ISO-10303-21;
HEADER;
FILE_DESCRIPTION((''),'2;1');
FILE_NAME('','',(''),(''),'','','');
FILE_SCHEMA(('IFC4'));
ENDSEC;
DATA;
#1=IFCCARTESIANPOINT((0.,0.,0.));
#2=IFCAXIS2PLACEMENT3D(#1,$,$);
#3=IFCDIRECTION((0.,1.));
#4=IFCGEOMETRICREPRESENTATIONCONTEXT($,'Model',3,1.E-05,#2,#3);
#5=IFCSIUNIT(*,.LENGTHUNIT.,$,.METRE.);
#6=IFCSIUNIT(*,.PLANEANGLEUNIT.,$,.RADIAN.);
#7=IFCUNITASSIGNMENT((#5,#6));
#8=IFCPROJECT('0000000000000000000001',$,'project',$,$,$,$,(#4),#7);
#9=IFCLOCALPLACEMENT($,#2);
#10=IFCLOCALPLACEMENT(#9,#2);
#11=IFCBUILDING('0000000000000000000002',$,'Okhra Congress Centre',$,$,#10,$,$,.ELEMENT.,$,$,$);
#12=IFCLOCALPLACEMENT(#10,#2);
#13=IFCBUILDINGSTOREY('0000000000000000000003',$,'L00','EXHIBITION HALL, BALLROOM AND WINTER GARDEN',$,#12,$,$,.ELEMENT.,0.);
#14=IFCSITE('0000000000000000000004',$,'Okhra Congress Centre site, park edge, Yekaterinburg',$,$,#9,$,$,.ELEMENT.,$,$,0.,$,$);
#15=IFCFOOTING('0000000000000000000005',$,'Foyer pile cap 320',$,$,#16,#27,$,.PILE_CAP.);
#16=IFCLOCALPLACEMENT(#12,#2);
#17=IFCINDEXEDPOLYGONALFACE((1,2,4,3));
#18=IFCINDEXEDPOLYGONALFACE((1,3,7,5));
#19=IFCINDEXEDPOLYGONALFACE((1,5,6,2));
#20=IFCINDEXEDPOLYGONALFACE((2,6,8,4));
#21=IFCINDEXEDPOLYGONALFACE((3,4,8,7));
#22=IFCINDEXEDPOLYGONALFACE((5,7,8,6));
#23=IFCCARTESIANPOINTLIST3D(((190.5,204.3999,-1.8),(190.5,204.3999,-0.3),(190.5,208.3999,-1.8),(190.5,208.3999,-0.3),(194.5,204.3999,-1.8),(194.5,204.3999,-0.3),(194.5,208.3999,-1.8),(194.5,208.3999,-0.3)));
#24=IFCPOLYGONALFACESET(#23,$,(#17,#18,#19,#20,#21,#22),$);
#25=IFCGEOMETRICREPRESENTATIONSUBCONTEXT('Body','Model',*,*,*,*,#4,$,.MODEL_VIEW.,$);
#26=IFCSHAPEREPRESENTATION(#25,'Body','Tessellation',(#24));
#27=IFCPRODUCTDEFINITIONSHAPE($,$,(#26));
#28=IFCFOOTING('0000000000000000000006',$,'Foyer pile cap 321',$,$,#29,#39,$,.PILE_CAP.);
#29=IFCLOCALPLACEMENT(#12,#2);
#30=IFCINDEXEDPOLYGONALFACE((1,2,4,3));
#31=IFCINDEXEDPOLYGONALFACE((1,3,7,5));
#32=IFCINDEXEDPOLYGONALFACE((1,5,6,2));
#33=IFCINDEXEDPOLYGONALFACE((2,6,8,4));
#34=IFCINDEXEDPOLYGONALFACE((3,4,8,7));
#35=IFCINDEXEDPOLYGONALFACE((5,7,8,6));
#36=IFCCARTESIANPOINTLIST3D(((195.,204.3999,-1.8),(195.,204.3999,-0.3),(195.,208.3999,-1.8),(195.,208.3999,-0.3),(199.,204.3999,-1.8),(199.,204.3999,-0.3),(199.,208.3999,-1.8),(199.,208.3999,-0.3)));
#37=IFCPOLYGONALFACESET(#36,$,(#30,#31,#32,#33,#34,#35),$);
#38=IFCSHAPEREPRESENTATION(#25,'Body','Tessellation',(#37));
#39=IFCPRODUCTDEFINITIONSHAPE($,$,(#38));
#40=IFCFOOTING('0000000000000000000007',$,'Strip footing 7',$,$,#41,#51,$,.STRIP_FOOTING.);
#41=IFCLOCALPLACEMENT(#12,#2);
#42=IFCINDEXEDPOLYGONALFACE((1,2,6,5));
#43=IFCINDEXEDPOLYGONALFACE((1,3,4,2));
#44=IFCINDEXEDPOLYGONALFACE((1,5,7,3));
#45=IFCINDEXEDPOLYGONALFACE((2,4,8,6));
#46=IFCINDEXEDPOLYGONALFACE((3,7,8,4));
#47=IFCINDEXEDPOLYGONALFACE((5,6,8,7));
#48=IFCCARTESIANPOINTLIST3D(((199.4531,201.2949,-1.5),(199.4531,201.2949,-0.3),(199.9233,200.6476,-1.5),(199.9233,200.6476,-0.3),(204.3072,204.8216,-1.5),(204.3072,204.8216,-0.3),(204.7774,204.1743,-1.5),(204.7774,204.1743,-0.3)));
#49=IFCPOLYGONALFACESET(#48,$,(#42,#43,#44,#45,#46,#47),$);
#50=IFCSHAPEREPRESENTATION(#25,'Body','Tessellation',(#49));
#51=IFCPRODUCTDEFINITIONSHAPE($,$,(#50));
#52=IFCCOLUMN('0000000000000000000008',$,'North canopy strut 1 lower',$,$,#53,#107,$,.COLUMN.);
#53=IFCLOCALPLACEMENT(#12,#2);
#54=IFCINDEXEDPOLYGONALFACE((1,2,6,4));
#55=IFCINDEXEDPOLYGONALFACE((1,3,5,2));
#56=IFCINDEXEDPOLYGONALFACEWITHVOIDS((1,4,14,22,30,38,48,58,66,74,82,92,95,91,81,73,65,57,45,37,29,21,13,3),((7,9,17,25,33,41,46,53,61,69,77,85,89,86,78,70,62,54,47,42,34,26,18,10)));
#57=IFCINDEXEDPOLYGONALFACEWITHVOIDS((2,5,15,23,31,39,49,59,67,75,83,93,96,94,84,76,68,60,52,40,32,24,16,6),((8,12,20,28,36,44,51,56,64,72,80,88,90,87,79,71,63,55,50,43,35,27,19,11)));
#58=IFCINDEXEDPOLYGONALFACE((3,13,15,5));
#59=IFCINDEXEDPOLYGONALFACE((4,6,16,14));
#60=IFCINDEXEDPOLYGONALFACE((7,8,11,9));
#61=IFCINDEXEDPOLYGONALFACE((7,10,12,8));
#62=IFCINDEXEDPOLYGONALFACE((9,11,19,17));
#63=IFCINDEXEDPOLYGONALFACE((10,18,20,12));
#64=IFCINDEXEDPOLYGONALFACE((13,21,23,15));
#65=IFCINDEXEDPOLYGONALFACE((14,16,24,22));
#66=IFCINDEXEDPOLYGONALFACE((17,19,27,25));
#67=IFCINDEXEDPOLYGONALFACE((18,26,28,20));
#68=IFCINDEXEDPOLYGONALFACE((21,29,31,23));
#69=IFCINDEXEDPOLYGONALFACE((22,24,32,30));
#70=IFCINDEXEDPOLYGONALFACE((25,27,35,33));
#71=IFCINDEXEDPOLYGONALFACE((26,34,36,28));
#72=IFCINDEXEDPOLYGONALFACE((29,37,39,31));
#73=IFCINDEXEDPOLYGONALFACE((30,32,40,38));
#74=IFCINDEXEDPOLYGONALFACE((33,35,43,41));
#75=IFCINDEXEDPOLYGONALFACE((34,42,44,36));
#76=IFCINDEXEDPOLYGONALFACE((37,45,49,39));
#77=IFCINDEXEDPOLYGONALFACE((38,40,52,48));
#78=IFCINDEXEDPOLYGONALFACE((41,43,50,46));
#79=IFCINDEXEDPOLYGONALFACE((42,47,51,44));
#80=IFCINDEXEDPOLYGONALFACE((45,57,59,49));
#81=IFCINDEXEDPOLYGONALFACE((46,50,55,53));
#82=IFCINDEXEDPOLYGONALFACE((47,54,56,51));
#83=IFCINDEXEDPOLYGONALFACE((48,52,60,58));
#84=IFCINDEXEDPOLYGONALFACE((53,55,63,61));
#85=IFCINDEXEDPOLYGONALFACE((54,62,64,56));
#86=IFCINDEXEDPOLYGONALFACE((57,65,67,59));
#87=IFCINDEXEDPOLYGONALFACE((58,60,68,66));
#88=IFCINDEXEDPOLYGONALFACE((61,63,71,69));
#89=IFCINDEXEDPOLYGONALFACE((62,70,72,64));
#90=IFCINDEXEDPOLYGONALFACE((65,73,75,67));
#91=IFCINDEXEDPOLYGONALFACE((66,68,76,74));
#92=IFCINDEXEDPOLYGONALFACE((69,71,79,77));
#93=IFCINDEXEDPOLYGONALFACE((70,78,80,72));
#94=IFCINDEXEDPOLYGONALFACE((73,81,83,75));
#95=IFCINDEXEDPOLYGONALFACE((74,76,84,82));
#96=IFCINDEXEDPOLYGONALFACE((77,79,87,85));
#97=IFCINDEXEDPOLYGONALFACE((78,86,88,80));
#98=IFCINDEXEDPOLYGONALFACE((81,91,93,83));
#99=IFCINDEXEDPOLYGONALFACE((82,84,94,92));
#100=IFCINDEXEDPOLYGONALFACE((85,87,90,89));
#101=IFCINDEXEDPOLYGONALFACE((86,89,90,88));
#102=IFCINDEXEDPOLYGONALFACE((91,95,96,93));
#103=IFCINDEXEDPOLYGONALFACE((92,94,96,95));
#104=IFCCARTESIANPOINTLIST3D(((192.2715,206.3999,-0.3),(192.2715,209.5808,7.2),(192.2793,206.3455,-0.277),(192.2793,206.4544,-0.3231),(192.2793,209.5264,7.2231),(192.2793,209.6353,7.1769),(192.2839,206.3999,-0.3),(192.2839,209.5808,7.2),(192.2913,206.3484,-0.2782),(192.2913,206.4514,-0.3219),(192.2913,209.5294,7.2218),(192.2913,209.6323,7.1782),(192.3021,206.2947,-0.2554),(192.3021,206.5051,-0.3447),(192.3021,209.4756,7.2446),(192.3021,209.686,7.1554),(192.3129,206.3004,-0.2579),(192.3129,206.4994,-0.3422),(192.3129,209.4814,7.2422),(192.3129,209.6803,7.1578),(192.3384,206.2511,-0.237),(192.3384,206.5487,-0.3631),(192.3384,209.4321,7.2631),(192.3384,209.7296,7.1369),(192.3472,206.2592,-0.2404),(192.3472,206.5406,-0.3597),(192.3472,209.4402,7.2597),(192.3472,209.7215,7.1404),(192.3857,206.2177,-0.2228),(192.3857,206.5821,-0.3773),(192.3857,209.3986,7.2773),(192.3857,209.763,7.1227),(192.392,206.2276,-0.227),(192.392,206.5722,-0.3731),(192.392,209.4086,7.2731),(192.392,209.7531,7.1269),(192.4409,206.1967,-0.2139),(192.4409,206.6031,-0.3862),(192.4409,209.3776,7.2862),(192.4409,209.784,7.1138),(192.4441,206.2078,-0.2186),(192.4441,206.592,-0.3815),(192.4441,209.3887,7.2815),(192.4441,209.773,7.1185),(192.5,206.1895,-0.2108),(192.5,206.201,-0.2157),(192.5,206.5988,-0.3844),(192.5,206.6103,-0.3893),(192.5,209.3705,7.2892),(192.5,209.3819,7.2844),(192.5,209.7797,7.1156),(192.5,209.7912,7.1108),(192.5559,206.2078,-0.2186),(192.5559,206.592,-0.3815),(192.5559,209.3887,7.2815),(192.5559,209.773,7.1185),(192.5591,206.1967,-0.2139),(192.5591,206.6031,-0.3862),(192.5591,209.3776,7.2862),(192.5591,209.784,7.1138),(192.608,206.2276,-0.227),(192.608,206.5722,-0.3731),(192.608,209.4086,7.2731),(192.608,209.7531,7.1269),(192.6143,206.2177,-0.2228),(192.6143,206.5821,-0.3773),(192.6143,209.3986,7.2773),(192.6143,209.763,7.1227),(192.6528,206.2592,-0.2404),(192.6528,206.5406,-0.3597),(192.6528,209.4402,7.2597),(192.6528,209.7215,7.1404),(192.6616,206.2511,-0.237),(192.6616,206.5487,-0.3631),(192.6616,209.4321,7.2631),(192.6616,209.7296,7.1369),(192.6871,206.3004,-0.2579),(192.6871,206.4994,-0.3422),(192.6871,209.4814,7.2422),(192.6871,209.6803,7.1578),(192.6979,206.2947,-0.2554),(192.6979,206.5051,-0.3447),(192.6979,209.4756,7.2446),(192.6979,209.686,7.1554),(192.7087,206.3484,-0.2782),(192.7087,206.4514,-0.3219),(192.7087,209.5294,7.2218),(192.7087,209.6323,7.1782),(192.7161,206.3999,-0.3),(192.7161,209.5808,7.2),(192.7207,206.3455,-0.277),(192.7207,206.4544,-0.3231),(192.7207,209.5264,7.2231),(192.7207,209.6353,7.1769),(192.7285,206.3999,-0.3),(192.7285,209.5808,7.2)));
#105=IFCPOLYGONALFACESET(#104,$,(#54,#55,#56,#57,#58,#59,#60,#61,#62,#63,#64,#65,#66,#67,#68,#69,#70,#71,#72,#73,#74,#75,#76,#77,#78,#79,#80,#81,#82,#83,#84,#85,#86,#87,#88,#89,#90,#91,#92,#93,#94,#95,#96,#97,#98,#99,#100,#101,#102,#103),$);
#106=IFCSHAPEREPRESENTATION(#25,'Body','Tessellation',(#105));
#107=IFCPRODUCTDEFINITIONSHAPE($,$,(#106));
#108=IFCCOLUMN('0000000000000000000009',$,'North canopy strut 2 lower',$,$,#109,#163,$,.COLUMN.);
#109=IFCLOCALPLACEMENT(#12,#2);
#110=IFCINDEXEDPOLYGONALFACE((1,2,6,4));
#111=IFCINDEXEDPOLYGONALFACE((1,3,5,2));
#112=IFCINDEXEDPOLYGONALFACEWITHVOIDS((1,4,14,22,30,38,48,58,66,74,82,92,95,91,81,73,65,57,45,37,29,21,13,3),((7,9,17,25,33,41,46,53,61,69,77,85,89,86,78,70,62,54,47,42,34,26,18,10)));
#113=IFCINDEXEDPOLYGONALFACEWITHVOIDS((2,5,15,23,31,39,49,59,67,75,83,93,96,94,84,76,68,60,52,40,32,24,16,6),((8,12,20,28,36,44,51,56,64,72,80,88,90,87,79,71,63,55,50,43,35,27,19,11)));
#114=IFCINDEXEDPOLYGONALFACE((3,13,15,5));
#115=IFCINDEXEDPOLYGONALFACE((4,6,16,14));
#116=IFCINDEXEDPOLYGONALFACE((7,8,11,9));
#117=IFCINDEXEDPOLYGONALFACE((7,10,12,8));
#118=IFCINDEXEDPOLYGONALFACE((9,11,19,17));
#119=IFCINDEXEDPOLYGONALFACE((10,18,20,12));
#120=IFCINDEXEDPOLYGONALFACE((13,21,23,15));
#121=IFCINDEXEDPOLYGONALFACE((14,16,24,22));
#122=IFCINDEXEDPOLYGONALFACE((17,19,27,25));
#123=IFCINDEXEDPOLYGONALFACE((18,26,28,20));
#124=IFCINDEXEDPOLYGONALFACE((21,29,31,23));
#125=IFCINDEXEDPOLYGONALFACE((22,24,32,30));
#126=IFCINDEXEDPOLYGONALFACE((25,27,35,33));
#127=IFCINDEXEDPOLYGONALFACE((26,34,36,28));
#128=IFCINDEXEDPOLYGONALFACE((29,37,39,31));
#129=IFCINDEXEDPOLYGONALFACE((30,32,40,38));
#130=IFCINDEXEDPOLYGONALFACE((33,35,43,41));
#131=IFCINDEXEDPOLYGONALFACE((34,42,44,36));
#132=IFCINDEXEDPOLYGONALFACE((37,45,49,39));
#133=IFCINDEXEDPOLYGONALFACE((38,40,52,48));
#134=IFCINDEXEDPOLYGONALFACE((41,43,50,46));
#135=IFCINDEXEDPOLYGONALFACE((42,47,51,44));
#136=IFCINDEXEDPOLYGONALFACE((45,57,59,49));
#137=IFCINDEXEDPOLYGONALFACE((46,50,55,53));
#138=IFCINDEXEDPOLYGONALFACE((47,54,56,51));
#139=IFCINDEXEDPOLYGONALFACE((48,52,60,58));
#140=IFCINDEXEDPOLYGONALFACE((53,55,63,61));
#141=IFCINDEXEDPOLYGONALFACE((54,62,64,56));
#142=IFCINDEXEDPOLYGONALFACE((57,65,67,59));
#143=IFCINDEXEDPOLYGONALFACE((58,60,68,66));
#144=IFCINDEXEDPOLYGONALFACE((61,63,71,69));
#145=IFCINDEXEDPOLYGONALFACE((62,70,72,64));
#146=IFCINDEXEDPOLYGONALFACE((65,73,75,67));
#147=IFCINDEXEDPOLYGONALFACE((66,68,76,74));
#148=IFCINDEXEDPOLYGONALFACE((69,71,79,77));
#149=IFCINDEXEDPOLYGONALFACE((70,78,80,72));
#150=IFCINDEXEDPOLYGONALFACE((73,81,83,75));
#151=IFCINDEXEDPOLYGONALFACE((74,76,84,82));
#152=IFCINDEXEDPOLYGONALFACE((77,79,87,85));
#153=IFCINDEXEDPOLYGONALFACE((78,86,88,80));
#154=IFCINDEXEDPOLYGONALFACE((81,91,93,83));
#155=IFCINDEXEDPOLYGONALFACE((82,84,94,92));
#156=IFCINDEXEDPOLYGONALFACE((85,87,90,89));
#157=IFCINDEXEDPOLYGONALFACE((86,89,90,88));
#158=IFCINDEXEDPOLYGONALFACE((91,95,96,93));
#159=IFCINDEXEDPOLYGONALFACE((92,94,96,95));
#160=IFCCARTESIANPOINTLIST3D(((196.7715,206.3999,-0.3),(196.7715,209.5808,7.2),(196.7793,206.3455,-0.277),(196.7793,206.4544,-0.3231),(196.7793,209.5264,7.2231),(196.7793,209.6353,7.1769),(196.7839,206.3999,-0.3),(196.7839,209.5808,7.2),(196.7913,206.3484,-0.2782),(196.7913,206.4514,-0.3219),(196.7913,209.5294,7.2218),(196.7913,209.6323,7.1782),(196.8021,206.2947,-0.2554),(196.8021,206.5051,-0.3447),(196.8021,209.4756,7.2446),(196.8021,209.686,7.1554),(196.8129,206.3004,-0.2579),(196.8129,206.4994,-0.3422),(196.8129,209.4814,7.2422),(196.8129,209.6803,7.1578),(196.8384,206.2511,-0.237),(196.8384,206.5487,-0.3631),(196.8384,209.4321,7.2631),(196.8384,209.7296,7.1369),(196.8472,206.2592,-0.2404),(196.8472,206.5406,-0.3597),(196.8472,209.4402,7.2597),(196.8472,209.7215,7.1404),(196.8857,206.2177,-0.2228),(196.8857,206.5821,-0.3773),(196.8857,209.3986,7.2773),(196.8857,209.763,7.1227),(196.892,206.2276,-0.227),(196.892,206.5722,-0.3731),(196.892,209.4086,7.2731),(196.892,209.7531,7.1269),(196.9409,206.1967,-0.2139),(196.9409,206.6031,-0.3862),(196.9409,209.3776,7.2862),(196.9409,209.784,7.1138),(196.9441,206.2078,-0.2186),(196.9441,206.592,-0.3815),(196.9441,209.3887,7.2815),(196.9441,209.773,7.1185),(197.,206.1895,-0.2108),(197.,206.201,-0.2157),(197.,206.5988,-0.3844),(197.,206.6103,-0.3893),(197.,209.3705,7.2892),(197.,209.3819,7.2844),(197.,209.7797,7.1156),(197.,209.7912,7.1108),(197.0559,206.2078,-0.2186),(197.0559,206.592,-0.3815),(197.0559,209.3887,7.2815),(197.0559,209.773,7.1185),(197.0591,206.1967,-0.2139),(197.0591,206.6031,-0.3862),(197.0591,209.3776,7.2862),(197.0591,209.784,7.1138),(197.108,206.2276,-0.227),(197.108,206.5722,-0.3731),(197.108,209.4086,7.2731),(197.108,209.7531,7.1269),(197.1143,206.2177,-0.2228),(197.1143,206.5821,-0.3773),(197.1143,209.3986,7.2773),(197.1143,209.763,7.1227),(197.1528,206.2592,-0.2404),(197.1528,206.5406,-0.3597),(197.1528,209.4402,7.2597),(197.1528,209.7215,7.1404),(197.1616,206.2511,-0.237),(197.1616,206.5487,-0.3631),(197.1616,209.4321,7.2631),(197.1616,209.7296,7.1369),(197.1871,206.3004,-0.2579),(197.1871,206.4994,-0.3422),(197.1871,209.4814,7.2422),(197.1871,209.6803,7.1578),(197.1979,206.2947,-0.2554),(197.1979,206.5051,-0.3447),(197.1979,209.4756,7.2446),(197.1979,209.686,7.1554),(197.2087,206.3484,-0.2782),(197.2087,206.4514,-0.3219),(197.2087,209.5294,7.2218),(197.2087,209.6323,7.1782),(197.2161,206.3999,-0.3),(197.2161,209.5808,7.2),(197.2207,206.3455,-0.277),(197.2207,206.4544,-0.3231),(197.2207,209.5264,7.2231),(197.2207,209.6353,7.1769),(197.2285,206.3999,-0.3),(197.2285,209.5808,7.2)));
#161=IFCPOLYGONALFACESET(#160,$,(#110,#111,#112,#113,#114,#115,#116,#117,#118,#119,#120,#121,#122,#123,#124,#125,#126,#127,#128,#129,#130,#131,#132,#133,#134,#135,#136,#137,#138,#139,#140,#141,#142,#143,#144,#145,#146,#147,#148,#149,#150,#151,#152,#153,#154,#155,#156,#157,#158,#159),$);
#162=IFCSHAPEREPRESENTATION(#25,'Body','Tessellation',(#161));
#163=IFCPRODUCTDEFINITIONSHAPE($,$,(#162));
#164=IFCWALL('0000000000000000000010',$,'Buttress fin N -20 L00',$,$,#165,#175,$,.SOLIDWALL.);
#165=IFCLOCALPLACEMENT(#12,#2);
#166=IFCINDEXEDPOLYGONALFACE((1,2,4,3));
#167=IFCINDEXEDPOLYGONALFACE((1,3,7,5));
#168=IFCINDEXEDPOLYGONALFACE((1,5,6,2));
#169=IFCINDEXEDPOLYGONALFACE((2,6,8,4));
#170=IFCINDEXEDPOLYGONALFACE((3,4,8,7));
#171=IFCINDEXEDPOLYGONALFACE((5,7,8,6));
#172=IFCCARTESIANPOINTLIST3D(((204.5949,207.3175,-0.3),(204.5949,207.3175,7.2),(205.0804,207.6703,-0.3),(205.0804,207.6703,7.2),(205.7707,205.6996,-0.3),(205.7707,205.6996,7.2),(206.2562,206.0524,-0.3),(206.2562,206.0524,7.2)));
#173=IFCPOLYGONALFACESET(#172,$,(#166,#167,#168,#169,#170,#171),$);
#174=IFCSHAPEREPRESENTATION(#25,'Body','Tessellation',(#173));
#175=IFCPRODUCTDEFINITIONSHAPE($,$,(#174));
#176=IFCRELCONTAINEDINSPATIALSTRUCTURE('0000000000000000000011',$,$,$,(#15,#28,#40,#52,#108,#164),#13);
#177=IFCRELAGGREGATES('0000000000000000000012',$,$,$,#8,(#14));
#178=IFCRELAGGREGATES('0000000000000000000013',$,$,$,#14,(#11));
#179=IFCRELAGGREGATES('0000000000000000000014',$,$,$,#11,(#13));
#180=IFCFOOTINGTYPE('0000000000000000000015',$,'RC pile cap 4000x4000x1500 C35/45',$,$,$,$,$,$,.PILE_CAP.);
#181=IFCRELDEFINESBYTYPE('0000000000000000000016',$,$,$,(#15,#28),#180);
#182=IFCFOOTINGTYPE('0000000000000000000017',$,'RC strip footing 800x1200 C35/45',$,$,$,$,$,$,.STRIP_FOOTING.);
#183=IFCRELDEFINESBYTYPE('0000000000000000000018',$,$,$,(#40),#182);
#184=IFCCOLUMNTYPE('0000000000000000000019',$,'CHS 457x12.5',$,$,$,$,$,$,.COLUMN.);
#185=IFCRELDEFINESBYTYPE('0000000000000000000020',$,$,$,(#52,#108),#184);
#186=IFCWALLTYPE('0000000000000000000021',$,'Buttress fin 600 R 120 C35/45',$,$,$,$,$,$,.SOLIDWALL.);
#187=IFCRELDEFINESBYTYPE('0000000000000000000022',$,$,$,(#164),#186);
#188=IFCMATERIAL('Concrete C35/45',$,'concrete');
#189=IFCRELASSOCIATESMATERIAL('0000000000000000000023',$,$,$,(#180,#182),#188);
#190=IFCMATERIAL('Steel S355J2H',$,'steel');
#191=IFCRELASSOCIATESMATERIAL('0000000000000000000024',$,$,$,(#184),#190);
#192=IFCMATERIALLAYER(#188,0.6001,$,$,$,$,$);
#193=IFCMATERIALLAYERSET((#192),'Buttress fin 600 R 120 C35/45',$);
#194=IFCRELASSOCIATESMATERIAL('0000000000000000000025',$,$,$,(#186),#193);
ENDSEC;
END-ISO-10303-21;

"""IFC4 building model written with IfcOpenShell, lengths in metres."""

from ifc_helpers import new_model, si_unit, direction, frame, frame_2d, origin, origin_2d, place, context, subcontext, project, spatial, rectangle, hollow_circle, extrude, material, layer, layer_set, material_profile, profile_set, type_object, element, save


model = new_model("IFC4")

# Units and contexts
model_context = context("Model", 3, precision=1e-05, world=origin(), true_north=direction((0.0, 1.0)))
body_context = subcontext(model_context, "Body", "Model", "MODEL_VIEW")
ifc_project = project(units=[si_unit("LENGTHUNIT", "METRE"), si_unit("PLANEANGLEUNIT", "RADIAN")], contexts=[model_context])

# Site, building, storey
site_placement = place(None, origin())
site = spatial("IfcSite", under=ifc_project, at=site_placement, Name="Okhra Congress Centre site, park edge, Yekaterinburg", CompositionType="ELEMENT", RefElevation=0.0)
building_placement = place(site_placement, origin())
building = spatial("IfcBuilding", under=site, at=building_placement, Name="Okhra Congress Centre", CompositionType="ELEMENT")
storey_placement = place(building_placement, origin())
storey = spatial("IfcBuildingStorey", under=building, at=storey_placement, Name="L00", Description="EXHIBITION HALL, BALLROOM AND WINTER GARDEN", CompositionType="ELEMENT", Elevation=0.0)

# Footings
ifc_material_1 = material(Name="Concrete C35/45", Category="concrete")
footing_type_1 = type_object("IfcFootingType", Name="RC pile cap 4000x4000x1500 C35/45", PredefinedType="PILE_CAP", material=ifc_material_1)
for number, where, z_axis, x_axis, name in (
    (1, (192.5, 206.3999, -1.8), (0.0, 0.0, 1.0), (1.0, 0.0, 0.0), "Foyer pile cap 320"),
    (2, (197.0, 206.3999, -1.8), (0.0, 0.0, 1.0), (1.0, 0.0, 0.0), "Foyer pile cap 321"),
):
    element("IfcFooting", number, at=place(storey_placement, frame(where, z_axis=z_axis, x_axis=x_axis)), inside=storey, type_object=footing_type_1, Name=name, PredefinedType="PILE_CAP", context=body_context, shape_type="SweptSolid", body=[
        extrude(rectangle(XDim=4.0, YDim=4.0, at=origin_2d()), origin(), (0.0, 0.0, 1.0), 1.5),
    ])
footing_type_2 = type_object("IfcFootingType", Name="RC strip footing 800x1200 C35/45", PredefinedType="STRIP_FOOTING", material=ifc_material_1)
footing_placement = place(storey_placement, frame((202.1152, 202.7346, -1.5), z_axis=(0.0, 0.0, 1.0), x_axis=(0.809017, 0.587785, 0.0)))
element("IfcFooting", 3, at=footing_placement, inside=storey, type_object=footing_type_2, Name="Strip footing 7", PredefinedType="STRIP_FOOTING", context=body_context, shape_type="SweptSolid", body=[
    extrude(rectangle(XDim=6.0, YDim=0.8, at=origin_2d()), origin(), (0.0, 0.0, 1.0), 1.2),
])

# Columns
ifc_material_2 = material(Name="Steel S355J2H", Category="steel")
ifc_material_profile_1 = material_profile(ifc_material_2, hollow_circle(Radius=0.2285, WallThickness=0.0125, at=origin_2d()), Name="CHS 457x12.5")
ifc_profile_set_1 = profile_set([ifc_material_profile_1], Name="Steel S355J2H")
column_type = type_object("IfcColumnType", Name="CHS 457x12.5", PredefinedType="COLUMN", material=ifc_profile_set_1)
for number, where, z_axis, x_axis, name in (
    (4, (192.5, 206.3999, -0.3), (0.0, 0.390455, 0.920622), (-1.0, 0.0, 0.0), "North canopy strut 1 lower"),
    (5, (197.0, 206.3999, -0.3), (0.0, 0.390455, 0.920622), (-1.0, 0.0, 0.0), "North canopy strut 2 lower"),
):
    element("IfcColumn", number, at=place(storey_placement, frame(where, z_axis=z_axis, x_axis=x_axis)), inside=storey, type_object=column_type, Name=name, PredefinedType="COLUMN", context=body_context, shape_type="SweptSolid", body=[
        extrude(hollow_circle(Radius=0.2285, WallThickness=0.0125, at=origin_2d()), origin(), (0.0, 0.0, 1.0), 8.1467),
    ])

# Wall
ifc_layer_1 = layer(ifc_material_1, 0.6001)
ifc_layer_set_1 = layer_set([ifc_layer_1], Name="Buttress fin 600 R 120 C35/45")
wall_type_1 = type_object("IfcWallType", Name="Buttress fin 600 R 120 C35/45", PredefinedType="SOLIDWALL", material=ifc_layer_set_1)
wall_1_placement = place(storey_placement, frame((206.0134, 205.876, -0.3), z_axis=(0.0, 0.0, 1.0), x_axis=(-0.587881, 0.808947, 0.0)))
element("IfcWall", 6, at=wall_1_placement, inside=storey, type_object=wall_type_1, Name="Buttress fin N -20 L00", PredefinedType="SOLIDWALL", context=body_context, shape_type="SweptSolid", body=[
    extrude(rectangle(XDim=2.0, YDim=0.6001, at=frame_2d((1.0, 0.0))), origin(), (0.0, 0.0, 1.0), 7.5),
])

save(model, "model.ifc")
